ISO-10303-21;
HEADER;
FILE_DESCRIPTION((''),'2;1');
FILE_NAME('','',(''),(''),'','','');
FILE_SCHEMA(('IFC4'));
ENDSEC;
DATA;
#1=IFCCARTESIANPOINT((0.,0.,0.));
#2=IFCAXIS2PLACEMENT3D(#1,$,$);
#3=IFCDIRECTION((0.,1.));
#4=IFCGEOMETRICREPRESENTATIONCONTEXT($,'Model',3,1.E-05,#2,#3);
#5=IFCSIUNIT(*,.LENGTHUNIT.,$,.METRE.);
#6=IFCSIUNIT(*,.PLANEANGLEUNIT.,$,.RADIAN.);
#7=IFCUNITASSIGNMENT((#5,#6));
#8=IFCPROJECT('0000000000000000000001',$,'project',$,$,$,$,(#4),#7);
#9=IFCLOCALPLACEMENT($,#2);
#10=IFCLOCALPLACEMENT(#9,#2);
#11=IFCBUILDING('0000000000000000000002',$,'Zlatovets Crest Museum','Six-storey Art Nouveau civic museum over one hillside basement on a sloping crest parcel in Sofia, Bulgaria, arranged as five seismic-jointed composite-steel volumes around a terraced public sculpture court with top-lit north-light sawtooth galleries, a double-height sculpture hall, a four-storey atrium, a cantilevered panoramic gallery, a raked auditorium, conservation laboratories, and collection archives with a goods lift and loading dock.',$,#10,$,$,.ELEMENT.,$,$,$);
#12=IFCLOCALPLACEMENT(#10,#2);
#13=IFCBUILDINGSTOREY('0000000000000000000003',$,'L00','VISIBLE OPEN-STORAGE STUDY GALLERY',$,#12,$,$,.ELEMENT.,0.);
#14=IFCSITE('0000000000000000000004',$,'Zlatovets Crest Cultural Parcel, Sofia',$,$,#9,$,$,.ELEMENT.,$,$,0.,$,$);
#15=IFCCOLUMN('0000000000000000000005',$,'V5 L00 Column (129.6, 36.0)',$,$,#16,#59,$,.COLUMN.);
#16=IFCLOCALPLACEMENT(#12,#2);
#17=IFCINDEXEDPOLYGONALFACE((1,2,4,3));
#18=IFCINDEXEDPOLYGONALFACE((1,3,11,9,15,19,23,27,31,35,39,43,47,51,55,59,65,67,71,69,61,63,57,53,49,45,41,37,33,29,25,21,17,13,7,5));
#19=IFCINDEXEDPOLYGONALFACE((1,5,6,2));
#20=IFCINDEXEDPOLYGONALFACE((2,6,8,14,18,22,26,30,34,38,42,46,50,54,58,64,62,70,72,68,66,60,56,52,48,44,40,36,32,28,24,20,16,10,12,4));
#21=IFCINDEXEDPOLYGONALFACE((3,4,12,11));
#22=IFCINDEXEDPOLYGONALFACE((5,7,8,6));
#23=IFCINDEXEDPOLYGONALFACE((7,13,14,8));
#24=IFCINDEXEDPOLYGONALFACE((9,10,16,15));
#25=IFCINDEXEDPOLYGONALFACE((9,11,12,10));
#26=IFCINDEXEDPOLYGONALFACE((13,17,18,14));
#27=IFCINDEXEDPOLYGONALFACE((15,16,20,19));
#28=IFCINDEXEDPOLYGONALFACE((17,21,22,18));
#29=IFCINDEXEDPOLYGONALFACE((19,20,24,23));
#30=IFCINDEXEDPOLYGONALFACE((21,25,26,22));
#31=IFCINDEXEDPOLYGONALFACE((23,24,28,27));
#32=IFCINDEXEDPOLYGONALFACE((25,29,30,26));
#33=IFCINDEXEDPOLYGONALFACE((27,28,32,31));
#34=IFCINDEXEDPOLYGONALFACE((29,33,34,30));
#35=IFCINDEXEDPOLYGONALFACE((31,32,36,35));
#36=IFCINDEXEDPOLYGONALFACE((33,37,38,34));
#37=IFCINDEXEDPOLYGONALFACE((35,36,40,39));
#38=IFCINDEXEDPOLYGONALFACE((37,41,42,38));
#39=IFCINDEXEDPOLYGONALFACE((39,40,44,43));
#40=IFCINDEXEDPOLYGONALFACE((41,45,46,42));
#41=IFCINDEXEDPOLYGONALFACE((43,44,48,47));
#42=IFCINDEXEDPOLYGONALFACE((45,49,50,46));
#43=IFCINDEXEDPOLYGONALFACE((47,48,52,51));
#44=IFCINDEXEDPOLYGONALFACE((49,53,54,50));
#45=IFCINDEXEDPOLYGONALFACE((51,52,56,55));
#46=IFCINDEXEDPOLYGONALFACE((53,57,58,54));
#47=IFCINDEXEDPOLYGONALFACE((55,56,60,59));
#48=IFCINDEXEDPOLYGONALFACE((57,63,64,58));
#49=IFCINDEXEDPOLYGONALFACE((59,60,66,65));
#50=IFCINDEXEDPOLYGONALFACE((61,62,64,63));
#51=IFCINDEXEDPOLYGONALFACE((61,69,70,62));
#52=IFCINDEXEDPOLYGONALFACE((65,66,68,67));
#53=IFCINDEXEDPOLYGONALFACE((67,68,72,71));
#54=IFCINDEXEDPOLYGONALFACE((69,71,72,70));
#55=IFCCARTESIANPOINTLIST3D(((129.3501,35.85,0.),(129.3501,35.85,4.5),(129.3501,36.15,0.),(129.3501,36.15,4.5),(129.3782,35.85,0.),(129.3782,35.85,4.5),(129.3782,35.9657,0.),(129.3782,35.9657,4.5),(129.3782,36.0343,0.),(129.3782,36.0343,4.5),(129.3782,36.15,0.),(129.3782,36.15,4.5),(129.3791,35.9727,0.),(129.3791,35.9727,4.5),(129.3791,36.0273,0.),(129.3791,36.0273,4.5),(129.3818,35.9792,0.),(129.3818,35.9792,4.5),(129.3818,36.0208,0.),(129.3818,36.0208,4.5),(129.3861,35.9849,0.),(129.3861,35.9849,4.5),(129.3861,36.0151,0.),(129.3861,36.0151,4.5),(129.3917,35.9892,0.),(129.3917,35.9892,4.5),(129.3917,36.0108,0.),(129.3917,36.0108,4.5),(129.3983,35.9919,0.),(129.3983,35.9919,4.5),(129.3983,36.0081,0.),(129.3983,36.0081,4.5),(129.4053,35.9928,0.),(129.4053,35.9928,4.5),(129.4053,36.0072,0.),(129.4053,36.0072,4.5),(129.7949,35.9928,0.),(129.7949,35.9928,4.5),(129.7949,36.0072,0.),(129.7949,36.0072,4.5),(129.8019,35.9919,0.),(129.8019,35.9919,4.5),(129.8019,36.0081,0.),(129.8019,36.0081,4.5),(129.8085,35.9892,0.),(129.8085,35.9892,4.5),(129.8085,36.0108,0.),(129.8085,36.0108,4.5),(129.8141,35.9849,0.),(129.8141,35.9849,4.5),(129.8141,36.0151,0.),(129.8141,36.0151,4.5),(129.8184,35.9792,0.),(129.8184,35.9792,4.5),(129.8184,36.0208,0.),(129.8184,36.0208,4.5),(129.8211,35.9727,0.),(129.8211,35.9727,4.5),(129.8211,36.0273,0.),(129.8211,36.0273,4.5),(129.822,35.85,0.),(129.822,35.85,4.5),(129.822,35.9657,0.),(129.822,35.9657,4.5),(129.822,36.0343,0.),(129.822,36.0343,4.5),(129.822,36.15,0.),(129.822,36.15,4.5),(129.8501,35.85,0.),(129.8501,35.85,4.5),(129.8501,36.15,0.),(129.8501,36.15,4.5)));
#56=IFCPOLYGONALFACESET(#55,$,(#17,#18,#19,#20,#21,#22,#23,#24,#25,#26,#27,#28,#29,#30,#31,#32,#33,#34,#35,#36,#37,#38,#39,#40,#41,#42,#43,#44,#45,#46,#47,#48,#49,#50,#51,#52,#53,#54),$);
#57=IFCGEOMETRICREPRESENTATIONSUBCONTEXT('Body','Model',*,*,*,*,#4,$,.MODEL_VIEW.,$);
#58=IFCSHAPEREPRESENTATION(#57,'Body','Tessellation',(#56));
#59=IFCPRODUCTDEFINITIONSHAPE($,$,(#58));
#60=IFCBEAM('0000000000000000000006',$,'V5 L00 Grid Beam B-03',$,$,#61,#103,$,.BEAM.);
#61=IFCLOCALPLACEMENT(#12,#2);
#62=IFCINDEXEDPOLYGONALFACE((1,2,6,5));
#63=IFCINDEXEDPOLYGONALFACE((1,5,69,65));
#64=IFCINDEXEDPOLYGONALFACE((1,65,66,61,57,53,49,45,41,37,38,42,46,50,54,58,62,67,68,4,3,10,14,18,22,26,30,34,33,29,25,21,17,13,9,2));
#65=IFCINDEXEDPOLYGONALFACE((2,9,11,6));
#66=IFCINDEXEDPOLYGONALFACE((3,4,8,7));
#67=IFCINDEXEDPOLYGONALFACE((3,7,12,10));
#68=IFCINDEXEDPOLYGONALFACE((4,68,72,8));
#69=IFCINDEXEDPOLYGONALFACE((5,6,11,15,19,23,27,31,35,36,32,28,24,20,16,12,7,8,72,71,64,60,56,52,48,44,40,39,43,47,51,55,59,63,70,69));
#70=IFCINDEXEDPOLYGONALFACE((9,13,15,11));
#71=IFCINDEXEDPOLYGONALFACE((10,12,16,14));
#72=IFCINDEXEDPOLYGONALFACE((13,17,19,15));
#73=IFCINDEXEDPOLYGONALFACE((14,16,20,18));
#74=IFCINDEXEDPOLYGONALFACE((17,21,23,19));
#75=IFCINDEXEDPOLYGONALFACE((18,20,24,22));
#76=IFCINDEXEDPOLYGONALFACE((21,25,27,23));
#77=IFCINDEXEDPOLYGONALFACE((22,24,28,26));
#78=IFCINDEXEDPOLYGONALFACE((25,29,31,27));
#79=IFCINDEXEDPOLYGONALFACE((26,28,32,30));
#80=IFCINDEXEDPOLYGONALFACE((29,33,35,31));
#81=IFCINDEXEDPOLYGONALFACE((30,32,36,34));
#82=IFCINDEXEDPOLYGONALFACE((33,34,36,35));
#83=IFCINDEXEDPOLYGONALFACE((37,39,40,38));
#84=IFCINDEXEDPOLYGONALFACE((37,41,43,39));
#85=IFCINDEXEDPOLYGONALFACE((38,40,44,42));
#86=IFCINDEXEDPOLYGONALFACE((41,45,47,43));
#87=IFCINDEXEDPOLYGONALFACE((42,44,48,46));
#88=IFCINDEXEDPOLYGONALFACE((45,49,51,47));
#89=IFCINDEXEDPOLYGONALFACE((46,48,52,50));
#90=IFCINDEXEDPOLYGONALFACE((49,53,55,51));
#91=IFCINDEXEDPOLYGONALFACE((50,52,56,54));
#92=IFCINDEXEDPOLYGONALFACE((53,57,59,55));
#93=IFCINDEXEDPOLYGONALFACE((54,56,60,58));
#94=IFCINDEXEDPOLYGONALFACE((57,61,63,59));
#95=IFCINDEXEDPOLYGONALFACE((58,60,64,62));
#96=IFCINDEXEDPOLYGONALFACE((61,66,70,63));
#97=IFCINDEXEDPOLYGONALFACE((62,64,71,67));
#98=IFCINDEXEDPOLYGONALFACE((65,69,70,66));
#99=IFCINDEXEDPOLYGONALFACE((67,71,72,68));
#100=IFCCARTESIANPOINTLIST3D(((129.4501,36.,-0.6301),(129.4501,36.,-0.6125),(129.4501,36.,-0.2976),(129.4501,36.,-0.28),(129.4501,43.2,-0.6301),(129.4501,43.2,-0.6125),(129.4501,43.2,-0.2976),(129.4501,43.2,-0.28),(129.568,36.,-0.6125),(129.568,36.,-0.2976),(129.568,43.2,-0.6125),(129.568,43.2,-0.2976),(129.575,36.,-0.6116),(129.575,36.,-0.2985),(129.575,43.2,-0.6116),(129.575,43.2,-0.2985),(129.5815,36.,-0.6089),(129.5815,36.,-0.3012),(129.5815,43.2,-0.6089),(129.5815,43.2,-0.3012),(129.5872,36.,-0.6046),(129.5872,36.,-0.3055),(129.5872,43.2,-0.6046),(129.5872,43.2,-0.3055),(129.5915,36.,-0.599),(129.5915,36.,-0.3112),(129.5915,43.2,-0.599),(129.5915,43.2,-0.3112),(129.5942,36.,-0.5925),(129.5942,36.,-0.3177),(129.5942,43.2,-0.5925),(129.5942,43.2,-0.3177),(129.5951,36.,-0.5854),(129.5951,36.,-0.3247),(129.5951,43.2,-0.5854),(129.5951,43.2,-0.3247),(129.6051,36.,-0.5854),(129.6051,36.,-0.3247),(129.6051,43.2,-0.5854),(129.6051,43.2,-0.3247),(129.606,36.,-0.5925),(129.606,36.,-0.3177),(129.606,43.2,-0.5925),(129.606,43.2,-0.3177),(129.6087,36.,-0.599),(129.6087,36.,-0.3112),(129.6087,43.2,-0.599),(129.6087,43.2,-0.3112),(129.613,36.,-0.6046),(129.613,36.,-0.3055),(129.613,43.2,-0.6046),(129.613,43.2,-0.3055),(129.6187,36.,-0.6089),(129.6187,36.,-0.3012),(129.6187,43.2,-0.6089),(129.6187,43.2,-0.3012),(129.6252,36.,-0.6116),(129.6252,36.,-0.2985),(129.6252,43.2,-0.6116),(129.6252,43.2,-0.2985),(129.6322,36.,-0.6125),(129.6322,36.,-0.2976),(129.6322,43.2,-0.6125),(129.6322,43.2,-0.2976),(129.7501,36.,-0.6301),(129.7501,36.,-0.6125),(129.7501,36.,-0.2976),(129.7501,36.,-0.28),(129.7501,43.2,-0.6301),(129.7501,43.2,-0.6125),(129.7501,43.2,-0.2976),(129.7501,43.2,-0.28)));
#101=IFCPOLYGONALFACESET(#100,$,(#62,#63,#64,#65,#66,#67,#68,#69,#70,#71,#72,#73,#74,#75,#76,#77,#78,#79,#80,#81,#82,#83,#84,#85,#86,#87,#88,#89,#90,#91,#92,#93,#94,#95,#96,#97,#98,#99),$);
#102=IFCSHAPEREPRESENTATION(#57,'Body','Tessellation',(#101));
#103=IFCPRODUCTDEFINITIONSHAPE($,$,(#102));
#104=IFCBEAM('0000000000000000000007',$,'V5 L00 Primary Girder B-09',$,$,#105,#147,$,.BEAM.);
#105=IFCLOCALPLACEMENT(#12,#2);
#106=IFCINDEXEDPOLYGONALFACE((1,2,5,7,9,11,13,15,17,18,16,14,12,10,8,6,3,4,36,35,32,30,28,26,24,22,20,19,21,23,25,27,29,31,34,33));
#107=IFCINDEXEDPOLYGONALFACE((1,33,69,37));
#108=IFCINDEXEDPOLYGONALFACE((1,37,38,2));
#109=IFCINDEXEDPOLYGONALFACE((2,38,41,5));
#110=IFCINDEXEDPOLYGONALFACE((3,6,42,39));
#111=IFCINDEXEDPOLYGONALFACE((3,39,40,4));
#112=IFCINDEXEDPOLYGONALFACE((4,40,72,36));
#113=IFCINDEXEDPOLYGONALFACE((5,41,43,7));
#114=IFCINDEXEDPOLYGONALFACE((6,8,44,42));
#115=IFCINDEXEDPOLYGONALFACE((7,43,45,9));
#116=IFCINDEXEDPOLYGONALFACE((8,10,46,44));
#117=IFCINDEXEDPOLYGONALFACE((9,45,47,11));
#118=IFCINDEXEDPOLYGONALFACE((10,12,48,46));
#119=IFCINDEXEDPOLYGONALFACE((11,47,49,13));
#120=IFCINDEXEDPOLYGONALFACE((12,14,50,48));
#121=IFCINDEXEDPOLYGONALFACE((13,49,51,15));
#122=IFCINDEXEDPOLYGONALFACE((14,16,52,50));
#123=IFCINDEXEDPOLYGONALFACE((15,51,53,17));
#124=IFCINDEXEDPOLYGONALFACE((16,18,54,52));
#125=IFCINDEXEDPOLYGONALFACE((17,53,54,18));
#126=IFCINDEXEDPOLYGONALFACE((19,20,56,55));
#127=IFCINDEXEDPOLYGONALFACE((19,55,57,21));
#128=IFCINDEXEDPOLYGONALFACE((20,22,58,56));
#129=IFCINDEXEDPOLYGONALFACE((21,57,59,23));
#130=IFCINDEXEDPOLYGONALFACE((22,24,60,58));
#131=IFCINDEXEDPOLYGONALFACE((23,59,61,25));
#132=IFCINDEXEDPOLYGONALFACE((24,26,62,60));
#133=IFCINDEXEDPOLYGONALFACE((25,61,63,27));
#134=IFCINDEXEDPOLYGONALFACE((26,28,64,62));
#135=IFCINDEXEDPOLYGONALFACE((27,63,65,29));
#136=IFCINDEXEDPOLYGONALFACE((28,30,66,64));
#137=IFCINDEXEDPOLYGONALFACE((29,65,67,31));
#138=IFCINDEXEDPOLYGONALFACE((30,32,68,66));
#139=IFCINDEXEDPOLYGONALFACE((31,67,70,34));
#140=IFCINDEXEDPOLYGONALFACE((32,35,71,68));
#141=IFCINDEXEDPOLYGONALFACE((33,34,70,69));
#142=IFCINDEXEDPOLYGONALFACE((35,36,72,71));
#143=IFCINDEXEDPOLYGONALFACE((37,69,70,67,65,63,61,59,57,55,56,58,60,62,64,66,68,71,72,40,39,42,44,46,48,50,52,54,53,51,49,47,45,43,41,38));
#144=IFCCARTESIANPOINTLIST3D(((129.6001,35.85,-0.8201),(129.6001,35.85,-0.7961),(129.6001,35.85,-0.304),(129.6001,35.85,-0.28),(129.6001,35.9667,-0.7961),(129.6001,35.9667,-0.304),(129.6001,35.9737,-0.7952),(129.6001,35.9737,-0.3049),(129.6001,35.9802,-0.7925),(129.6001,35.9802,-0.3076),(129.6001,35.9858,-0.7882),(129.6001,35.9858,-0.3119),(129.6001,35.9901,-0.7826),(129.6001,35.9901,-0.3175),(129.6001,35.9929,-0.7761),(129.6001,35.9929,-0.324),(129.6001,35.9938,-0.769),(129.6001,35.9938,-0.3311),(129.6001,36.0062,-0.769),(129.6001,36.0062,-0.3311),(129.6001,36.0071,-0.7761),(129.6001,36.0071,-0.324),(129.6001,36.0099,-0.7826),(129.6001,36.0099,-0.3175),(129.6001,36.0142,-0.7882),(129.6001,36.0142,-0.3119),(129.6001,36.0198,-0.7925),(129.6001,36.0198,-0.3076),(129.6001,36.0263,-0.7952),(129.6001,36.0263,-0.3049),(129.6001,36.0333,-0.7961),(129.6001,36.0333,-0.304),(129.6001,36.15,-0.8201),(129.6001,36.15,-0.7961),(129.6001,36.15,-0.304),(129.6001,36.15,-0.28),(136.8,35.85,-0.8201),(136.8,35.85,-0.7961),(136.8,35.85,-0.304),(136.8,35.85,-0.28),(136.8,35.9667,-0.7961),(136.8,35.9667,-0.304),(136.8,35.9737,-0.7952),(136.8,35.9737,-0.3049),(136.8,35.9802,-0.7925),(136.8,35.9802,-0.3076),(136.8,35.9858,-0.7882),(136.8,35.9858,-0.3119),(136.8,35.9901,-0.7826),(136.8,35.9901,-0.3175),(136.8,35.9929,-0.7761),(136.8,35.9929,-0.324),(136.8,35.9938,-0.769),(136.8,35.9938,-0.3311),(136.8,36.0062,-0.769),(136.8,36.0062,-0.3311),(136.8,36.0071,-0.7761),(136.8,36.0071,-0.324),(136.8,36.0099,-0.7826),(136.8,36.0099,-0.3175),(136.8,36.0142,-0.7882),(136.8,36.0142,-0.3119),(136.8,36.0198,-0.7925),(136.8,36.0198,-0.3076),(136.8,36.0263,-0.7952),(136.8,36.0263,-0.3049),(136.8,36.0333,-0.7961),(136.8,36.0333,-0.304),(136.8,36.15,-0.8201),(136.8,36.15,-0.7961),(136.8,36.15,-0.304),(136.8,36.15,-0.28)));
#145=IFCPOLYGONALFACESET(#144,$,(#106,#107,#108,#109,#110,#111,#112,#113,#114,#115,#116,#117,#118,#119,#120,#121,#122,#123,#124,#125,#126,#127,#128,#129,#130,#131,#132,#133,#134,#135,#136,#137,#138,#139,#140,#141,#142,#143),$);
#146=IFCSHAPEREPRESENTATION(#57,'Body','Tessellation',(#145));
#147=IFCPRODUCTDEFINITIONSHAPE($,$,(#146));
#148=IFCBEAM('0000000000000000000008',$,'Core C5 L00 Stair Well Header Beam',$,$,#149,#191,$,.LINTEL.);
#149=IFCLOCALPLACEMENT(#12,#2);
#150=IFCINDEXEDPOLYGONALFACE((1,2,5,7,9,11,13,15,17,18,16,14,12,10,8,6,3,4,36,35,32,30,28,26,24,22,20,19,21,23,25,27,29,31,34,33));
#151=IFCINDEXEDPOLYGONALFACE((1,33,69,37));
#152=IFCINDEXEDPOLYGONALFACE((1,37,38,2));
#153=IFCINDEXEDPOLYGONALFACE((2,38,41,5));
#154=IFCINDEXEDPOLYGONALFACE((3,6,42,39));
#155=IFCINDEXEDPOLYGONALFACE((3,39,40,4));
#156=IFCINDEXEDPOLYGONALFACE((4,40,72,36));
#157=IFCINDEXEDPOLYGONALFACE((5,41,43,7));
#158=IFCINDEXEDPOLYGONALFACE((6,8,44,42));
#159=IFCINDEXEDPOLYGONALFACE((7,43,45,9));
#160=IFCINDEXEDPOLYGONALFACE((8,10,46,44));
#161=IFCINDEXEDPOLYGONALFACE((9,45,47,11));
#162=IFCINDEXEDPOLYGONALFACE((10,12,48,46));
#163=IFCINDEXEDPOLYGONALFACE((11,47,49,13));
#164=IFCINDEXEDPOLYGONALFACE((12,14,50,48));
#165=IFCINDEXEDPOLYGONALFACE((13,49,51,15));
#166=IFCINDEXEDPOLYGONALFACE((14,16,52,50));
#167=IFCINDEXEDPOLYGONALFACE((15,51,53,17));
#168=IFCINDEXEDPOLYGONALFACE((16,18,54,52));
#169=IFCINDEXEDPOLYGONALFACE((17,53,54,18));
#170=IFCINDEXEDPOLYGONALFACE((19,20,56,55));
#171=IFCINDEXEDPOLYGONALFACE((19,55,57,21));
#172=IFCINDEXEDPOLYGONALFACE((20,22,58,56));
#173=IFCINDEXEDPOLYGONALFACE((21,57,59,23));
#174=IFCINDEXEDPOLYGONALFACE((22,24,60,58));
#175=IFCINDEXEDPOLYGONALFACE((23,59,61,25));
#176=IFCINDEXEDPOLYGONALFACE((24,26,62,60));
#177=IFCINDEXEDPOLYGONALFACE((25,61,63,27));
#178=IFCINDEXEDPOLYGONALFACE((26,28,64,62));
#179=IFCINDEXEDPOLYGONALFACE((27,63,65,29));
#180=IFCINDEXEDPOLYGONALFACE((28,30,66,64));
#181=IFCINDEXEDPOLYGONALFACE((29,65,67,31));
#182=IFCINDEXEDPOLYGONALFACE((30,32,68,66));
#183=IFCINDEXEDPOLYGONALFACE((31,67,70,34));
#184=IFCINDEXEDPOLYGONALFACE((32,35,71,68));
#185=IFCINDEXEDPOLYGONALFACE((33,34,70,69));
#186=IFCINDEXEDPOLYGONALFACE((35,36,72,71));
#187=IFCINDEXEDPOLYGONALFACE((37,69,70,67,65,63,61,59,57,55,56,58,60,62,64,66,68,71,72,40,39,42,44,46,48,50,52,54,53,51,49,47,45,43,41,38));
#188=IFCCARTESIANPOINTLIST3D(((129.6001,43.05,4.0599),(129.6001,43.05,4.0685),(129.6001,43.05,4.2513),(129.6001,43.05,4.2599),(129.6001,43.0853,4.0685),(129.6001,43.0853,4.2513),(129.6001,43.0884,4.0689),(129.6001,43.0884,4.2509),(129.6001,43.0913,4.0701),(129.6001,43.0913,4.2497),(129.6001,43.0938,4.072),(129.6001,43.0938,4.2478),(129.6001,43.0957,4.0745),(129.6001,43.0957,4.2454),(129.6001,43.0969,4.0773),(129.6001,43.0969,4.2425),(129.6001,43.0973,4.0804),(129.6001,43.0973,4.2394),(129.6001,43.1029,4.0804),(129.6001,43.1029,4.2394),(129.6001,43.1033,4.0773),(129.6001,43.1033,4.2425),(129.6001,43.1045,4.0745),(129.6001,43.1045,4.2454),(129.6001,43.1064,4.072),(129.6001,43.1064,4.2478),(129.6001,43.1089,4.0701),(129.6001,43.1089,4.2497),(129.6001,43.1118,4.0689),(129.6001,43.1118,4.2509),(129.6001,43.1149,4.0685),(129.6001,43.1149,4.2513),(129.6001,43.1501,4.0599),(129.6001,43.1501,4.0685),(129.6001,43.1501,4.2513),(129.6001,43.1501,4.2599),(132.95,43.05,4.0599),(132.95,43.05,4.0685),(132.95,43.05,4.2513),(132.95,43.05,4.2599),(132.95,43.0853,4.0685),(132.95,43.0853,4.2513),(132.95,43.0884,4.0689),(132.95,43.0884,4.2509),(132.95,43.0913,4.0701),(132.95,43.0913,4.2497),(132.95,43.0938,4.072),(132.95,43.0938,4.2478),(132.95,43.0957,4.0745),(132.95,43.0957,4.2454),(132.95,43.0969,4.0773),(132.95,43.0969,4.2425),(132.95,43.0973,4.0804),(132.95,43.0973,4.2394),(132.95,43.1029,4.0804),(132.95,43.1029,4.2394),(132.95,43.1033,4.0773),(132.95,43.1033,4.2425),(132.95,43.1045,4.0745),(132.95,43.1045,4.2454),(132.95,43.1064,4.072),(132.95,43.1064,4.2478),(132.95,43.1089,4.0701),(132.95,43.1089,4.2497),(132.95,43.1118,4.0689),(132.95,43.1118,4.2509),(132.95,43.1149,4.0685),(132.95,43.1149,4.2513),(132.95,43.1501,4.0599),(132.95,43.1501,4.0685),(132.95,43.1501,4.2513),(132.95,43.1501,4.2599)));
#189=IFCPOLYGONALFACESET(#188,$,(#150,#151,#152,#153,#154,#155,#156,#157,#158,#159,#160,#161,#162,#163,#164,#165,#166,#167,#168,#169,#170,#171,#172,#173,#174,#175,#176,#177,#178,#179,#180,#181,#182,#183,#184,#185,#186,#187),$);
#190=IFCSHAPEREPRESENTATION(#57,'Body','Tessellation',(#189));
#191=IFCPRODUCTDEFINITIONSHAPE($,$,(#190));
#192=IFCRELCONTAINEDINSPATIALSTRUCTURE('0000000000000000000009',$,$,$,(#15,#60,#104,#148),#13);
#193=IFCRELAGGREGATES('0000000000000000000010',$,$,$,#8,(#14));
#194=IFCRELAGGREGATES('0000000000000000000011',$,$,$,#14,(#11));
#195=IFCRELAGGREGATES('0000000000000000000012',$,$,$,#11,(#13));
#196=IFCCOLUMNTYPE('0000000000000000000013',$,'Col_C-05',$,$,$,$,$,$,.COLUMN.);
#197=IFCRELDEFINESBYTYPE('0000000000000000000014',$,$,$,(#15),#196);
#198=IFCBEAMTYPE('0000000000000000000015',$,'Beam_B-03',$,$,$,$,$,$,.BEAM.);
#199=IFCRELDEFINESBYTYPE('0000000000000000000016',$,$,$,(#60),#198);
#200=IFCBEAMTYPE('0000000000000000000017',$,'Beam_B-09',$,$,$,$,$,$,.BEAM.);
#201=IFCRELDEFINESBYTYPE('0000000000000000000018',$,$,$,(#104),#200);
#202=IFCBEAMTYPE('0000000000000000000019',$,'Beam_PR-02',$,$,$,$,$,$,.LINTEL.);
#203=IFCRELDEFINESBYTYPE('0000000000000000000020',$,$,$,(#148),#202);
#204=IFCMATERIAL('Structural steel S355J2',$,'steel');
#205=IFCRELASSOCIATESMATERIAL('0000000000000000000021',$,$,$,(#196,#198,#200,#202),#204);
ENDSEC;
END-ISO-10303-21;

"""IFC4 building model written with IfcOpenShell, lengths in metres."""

from ifc_helpers import new_model, si_unit, direction, frame, origin, origin_2d, place, context, subcontext, project, spatial, i_section, extrude, material, material_profile, profile_set, type_object, element, save


model = new_model("IFC4")

# Units and contexts
model_context = context("Model", 3, precision=1e-05, world=origin(), true_north=direction((0.0, 1.0)))
body_context = subcontext(model_context, "Body", "Model", "MODEL_VIEW")
ifc_project = project(units=[si_unit("LENGTHUNIT", "METRE"), si_unit("PLANEANGLEUNIT", "RADIAN")], contexts=[model_context])

# Site, building, storey
site_placement = place(None, origin())
site = spatial("IfcSite", under=ifc_project, at=site_placement, Name="Zlatovets Crest Cultural Parcel, Sofia", CompositionType="ELEMENT", RefElevation=0.0)
building_placement = place(site_placement, origin())
building = spatial("IfcBuilding", under=site, at=building_placement, Name="Zlatovets Crest Museum", Description="Six-storey Art Nouveau civic museum over one hillside basement on a sloping crest parcel in Sofia, Bulgaria, arranged as five seismic-jointed composite-steel volumes around a terraced public sculpture court with top-lit north-light sawtooth galleries, a double-height sculpture hall, a four-storey atrium, a cantilevered panoramic gallery, a raked auditorium, conservation laboratories, and collection archives with a goods lift and loading dock.", CompositionType="ELEMENT")
storey_placement = place(building_placement, origin())
storey = spatial("IfcBuildingStorey", under=building, at=storey_placement, Name="L00", Description="VISIBLE OPEN-STORAGE STUDY GALLERY", CompositionType="ELEMENT", Elevation=0.0)

# Column
ifc_material_1 = material(Name="Structural steel S355J2", Category="steel")
ifc_material_profile_1 = material_profile(ifc_material_1, i_section(OverallWidth=0.3, OverallDepth=0.5, WebThickness=0.0144, FlangeThickness=0.0281, FilletRadius=0.0271, at=origin_2d()), Name="HEB 500")
ifc_profile_set_1 = profile_set([ifc_material_profile_1], Name="Structural steel S355J2")
column_type = type_object("IfcColumnType", Name="Col_C-05", PredefinedType="COLUMN", material=ifc_profile_set_1)
column_placement = place(storey_placement, frame((129.6001, 36.0, 0.0), z_axis=(0.0, 0.0, 1.0), x_axis=(0.0, 1.0, 0.0)))
element("IfcColumn", 1, at=column_placement, inside=storey, type_object=column_type, Name="V5 L00 Column (129.6, 36.0)", PredefinedType="COLUMN", context=body_context, shape_type="SweptSolid", body=[
    extrude(i_section(OverallWidth=0.3, OverallDepth=0.5, WebThickness=0.0144, FlangeThickness=0.0281, FilletRadius=0.0271, at=origin_2d()), origin(), (0.0, 0.0, 1.0), 4.5),
])

# Beams
ifc_material_profile_2 = material_profile(ifc_material_1, i_section(OverallWidth=0.3, OverallDepth=0.3501, WebThickness=0.01, FlangeThickness=0.0176, FilletRadius=0.0271, at=origin_2d()), Name="HEA 360")
ifc_profile_set_2 = profile_set([ifc_material_profile_2], Name="Structural steel S355J2")
beam_type_1 = type_object("IfcBeamType", Name="Beam_B-03", PredefinedType="BEAM", material=ifc_profile_set_2)
beam_1_placement = place(storey_placement, frame((129.6001, 36.0, -0.4551), z_axis=(0.0, 1.0, 0.0), x_axis=(-1.0, 0.0, 0.0)))
element("IfcBeam", 2, at=beam_1_placement, inside=storey, type_object=beam_type_1, Name="V5 L00 Grid Beam B-03", PredefinedType="BEAM", context=body_context, shape_type="SweptSolid", body=[
    extrude(i_section(OverallWidth=0.3, OverallDepth=0.3501, WebThickness=0.01, FlangeThickness=0.0176, FilletRadius=0.0271, at=origin_2d()), origin(), (0.0, 0.0, 1.0), 7.2),
])
ifc_material_profile_3 = material_profile(ifc_material_1, i_section(OverallWidth=0.3, OverallDepth=0.54, WebThickness=0.0125, FlangeThickness=0.0239, FilletRadius=0.0271, at=origin_2d()), Name="HEA 550")
ifc_profile_set_3 = profile_set([ifc_material_profile_3], Name="Structural steel S355J2")
beam_type_2 = type_object("IfcBeamType", Name="Beam_B-09", PredefinedType="BEAM", material=ifc_profile_set_3)
beam_2_placement = place(storey_placement, frame((129.6001, 36.0, -0.55), z_axis=(1.0, 0.0, 0.0), x_axis=(0.0, 1.0, 0.0)))
element("IfcBeam", 3, at=beam_2_placement, inside=storey, type_object=beam_type_2, Name="V5 L00 Primary Girder B-09", PredefinedType="BEAM", context=body_context, shape_type="SweptSolid", body=[
    extrude(i_section(OverallWidth=0.3, OverallDepth=0.54, WebThickness=0.0125, FlangeThickness=0.0239, FilletRadius=0.0271, at=origin_2d()), origin(), (0.0, 0.0, 1.0), 7.2),
])
ifc_material_profile_4 = material_profile(ifc_material_1, i_section(OverallWidth=0.1001, OverallDepth=0.2, WebThickness=0.0056, FlangeThickness=0.0085, FilletRadius=0.012, at=origin_2d()), Name="IPE 200")
ifc_profile_set_4 = profile_set([ifc_material_profile_4], Name="Structural steel S355J2")
beam_type_3 = type_object("IfcBeamType", Name="Beam_PR-02", PredefinedType="LINTEL", material=ifc_profile_set_4)
beam_3_placement = place(storey_placement, frame((129.6001, 43.1001, 4.1599), z_axis=(1.0, 0.0, 0.0), x_axis=(0.0, 1.0, 0.0)))
element("IfcBeam", 4, at=beam_3_placement, inside=storey, type_object=beam_type_3, Name="Core C5 L00 Stair Well Header Beam", PredefinedType="LINTEL", context=body_context, shape_type="SweptSolid", body=[
    extrude(i_section(OverallWidth=0.1001, OverallDepth=0.2, WebThickness=0.0056, FlangeThickness=0.0085, FilletRadius=0.012, at=origin_2d()), origin(), (0.0, 0.0, 1.0), 3.3499),
])

save(model, "model.ifc")
